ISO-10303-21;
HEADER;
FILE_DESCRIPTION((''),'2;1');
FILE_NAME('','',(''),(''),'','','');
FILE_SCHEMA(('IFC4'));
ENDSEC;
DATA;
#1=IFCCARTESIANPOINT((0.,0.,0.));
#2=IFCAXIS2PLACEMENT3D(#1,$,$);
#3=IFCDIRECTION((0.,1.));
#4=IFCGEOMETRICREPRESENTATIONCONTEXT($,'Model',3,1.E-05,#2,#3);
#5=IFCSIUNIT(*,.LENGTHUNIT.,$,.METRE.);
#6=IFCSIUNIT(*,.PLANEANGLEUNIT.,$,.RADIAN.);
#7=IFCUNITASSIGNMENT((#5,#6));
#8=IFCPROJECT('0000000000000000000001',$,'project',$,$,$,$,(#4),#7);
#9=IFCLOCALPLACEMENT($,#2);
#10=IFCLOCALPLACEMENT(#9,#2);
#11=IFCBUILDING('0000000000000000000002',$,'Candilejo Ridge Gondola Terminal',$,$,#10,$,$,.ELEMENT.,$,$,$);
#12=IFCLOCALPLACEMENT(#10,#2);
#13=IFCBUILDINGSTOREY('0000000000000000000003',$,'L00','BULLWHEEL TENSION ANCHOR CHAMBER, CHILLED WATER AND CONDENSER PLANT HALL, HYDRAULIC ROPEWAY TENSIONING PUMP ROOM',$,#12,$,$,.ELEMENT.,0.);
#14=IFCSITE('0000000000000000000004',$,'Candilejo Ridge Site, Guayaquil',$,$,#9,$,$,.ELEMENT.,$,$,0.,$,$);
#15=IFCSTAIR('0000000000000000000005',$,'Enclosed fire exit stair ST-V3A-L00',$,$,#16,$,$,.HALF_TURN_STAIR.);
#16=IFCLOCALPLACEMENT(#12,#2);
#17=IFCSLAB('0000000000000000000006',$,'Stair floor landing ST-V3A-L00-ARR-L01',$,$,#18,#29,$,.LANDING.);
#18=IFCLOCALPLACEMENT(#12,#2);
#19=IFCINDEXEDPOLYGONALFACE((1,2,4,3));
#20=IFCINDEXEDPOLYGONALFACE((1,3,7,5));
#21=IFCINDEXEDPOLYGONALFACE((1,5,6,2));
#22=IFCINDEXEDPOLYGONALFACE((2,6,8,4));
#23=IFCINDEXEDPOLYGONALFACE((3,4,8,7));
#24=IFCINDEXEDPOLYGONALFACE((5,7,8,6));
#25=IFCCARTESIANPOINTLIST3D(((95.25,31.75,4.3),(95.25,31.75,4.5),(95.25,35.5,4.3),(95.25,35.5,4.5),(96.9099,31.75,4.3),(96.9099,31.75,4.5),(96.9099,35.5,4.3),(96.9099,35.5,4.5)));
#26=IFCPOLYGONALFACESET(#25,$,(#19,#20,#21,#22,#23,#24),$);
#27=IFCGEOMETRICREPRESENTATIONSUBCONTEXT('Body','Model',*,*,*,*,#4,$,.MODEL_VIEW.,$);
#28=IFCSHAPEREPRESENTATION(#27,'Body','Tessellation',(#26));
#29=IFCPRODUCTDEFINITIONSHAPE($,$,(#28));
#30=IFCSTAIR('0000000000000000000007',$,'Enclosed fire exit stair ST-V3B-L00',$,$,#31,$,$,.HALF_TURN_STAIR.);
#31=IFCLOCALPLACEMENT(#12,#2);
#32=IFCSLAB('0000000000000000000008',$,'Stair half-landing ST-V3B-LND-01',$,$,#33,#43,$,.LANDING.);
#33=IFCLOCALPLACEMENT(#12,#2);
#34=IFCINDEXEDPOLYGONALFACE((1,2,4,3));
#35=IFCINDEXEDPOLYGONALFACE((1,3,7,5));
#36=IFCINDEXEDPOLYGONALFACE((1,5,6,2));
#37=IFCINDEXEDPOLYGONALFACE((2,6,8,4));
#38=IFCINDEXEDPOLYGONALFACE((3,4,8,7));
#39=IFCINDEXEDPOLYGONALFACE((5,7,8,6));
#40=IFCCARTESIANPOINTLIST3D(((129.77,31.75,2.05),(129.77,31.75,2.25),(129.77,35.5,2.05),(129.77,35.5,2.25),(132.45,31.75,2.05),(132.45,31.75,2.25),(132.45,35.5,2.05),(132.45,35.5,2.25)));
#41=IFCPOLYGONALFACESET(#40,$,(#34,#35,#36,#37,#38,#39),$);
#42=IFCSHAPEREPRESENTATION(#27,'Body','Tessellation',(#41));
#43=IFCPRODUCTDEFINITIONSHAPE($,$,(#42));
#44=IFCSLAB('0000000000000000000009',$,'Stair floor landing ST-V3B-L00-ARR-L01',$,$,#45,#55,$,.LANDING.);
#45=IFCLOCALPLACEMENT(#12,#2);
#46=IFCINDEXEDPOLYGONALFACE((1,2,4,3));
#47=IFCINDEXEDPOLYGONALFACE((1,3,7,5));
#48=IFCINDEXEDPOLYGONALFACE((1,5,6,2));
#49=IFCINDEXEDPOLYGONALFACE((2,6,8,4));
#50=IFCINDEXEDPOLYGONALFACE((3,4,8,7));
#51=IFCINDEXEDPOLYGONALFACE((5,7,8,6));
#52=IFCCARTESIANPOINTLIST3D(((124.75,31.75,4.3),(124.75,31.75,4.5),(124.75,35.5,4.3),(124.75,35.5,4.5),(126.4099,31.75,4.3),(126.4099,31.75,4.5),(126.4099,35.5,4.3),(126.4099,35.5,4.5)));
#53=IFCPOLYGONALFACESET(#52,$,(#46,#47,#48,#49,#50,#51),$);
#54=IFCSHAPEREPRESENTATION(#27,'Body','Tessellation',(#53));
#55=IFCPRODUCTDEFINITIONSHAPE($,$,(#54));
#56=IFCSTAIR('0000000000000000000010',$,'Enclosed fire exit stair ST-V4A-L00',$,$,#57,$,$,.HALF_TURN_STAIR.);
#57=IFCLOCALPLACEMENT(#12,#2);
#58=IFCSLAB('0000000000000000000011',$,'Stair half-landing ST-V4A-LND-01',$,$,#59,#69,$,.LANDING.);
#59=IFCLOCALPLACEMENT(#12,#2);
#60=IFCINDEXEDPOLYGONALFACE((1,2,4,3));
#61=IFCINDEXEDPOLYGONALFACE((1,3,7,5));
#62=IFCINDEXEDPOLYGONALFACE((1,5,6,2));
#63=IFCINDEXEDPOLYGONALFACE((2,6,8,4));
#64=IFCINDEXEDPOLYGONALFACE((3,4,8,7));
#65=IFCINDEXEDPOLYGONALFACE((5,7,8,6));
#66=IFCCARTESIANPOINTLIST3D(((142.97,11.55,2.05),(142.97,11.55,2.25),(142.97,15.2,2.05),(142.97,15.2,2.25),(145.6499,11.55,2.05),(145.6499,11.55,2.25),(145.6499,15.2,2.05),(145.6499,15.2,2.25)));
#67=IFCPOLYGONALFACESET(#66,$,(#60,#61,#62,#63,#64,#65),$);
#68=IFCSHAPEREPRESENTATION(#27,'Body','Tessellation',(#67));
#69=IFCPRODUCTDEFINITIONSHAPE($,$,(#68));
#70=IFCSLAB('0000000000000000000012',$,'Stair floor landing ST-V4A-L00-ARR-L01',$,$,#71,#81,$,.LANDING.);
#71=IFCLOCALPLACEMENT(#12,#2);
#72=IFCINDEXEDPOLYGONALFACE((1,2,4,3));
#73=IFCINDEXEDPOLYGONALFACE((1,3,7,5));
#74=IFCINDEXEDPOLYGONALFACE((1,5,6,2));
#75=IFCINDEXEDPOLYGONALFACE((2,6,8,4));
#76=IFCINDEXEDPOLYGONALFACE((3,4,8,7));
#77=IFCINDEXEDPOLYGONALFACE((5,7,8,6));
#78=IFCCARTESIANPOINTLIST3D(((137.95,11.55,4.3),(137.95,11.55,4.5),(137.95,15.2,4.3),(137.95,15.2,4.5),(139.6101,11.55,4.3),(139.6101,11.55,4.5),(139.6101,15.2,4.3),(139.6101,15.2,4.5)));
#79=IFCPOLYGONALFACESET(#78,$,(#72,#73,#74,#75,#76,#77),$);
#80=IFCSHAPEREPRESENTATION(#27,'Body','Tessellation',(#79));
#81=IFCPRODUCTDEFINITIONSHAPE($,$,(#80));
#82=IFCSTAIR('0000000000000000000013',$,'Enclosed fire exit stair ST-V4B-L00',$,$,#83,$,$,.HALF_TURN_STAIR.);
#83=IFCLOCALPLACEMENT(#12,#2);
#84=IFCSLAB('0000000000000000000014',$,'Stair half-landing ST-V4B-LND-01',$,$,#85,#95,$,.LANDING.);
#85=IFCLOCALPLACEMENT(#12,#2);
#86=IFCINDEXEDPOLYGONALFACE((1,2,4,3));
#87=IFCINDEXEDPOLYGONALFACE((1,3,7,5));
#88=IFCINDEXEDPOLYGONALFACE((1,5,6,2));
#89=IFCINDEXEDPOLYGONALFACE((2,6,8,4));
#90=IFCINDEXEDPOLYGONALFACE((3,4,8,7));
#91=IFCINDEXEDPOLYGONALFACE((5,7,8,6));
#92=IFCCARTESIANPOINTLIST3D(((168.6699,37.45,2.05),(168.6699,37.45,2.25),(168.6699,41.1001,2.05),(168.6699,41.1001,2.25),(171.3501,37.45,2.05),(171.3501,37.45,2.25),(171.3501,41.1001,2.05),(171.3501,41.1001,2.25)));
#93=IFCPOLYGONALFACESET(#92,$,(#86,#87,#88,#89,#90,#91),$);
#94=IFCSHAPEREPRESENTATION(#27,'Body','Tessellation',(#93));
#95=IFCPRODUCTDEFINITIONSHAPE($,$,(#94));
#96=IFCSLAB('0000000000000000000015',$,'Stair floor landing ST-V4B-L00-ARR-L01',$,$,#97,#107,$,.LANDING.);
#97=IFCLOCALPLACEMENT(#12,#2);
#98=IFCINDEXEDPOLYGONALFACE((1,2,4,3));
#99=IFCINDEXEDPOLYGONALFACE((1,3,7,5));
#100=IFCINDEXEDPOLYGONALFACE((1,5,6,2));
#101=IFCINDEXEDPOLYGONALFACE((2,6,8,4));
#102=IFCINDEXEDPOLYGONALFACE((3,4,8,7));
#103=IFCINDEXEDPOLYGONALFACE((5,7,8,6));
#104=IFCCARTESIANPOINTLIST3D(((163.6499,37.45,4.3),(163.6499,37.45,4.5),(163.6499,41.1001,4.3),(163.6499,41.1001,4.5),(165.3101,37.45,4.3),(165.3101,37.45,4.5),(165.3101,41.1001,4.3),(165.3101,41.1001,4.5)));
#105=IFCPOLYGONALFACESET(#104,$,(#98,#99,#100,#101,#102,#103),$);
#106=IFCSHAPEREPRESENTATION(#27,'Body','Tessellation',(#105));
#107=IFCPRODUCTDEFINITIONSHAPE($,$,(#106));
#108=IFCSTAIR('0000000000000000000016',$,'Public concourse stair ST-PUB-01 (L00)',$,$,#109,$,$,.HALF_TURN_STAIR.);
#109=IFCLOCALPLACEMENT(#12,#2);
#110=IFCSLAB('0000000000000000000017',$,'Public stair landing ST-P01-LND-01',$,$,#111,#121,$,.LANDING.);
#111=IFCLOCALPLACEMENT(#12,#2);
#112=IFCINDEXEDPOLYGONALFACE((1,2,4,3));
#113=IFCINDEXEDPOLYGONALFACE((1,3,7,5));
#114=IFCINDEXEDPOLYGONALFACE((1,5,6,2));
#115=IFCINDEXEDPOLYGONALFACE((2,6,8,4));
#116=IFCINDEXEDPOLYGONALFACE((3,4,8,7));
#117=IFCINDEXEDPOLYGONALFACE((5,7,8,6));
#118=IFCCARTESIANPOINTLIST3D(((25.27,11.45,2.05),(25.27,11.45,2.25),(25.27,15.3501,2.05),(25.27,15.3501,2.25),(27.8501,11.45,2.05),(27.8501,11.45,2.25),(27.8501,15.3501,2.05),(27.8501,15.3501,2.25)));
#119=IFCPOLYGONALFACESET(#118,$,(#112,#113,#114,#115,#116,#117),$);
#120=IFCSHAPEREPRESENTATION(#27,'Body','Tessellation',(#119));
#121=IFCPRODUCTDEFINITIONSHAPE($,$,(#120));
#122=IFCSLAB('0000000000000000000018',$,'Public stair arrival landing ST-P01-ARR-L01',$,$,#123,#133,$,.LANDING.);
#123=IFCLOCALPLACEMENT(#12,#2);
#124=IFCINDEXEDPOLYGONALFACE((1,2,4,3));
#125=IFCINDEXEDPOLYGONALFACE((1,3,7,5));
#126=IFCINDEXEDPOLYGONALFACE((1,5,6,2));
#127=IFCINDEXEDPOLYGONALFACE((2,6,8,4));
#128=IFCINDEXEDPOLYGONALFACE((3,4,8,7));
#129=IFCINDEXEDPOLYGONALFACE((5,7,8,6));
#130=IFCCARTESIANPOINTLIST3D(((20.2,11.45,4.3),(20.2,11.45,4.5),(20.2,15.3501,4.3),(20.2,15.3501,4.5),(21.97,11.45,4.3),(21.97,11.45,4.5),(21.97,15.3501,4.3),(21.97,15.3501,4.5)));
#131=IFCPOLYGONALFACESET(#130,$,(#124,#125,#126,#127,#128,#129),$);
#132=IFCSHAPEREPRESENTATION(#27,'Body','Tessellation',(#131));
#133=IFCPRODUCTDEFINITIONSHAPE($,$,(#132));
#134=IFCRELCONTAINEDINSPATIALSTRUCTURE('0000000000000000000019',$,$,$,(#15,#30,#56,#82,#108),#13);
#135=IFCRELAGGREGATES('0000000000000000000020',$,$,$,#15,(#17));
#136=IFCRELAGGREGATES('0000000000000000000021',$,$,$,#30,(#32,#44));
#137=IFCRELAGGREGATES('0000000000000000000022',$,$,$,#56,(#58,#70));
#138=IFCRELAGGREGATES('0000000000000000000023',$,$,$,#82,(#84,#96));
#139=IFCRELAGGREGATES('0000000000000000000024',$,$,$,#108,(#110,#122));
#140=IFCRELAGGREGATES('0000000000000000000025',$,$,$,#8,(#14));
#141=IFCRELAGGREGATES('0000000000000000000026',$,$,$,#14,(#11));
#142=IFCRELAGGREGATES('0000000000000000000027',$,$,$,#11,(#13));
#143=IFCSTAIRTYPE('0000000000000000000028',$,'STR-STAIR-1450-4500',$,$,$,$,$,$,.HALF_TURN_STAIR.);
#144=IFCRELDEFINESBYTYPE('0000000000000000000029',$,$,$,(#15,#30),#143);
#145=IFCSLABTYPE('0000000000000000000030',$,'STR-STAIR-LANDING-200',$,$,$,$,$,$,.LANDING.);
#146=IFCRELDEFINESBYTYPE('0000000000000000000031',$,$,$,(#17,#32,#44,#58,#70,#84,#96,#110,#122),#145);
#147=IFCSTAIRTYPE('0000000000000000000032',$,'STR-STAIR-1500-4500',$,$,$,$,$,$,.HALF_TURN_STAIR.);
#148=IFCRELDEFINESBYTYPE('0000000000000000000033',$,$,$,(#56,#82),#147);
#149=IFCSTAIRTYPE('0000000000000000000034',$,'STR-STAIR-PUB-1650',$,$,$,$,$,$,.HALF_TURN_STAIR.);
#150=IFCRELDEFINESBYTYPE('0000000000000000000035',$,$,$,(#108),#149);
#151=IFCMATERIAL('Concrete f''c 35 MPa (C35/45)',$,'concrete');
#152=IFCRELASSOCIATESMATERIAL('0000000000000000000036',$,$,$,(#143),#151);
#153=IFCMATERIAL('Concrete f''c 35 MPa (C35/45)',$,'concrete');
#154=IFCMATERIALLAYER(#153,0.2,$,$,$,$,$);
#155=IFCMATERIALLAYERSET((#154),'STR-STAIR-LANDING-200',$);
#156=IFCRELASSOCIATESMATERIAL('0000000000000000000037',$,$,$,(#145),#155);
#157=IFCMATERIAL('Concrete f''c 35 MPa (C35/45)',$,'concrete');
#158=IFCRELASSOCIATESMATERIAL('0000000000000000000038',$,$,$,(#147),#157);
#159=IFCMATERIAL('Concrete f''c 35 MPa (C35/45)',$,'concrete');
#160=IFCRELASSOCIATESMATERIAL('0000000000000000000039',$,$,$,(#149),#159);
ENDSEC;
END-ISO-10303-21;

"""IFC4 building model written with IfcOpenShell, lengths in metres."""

from ifc_helpers import new_model, si_unit, direction, frame, origin, place, context, subcontext, project, spatial, polyline, outline, extrude, material, layer, layer_set, type_object, element, aggregate, save


model = new_model("IFC4")

# Units and contexts
model_context = context("Model", 3, precision=1e-05, world=origin(), true_north=direction((0.0, 1.0)))
body_context = subcontext(model_context, "Body", "Model", "MODEL_VIEW")
ifc_project = project(units=[si_unit("LENGTHUNIT", "METRE"), si_unit("PLANEANGLEUNIT", "RADIAN")], contexts=[model_context])

# Site, building, storey
site_placement = place(None, origin())
site = spatial("IfcSite", under=ifc_project, at=site_placement, Name="Candilejo Ridge Site, Guayaquil", CompositionType="ELEMENT", RefElevation=0.0)
building_placement = place(site_placement, origin())
building = spatial("IfcBuilding", under=site, at=building_placement, Name="Candilejo Ridge Gondola Terminal", CompositionType="ELEMENT")
storey_placement = place(building_placement, origin())
storey = spatial("IfcBuildingStorey", under=building, at=storey_placement, Name="L00", Description="BULLWHEEL TENSION ANCHOR CHAMBER, CHILLED WATER AND CONDENSER PLANT HALL, HYDRAULIC ROPEWAY TENSIONING PUMP ROOM", CompositionType="ELEMENT", Elevation=0.0)

# Stairs, slabs
ifc_material_1 = material(Name="Concrete f'c 35 MPa (C35/45)", Category="concrete")
stair_type_1 = type_object("IfcStairType", Name="STR-STAIR-1450-4500", PredefinedType="HALF_TURN_STAIR", material=ifc_material_1)
ifc_material_2 = material(Name="Concrete f'c 35 MPa (C35/45)", Category="concrete")
ifc_layer_1 = layer(ifc_material_2, 0.2)
ifc_layer_set_1 = layer_set([ifc_layer_1], Name="STR-STAIR-LANDING-200")
slab_type = type_object("IfcSlabType", Name="STR-STAIR-LANDING-200", PredefinedType="LANDING", material=ifc_layer_set_1)
stair_1_placement = place(storey_placement, origin())
stair_1 = element("IfcStair", 1, at=stair_1_placement, inside=storey, type_object=stair_type_1, Name="Enclosed fire exit stair ST-V3A-L00", PredefinedType="HALF_TURN_STAIR")
slab_1_placement = place(storey_placement, frame((0.0, 0.0, 4.3)))
slab_1 = element("IfcSlab", 2, at=slab_1_placement, type_object=slab_type, Name="Stair floor landing ST-V3A-L00-ARR-L01", PredefinedType="LANDING", context=body_context, shape_type="SweptSolid", body=[
    extrude(outline(polyline([(95.25, 31.75), (96.9099, 31.75), (96.9099, 35.5), (95.25, 35.5), (95.25, 31.75)])), origin(), (0.0, 0.0, 1.0), 0.2),
])
aggregate(stair_1, [slab_1])
stair_2_placement = place(storey_placement, origin())
stair_2 = element("IfcStair", 3, at=stair_2_placement, inside=storey, type_object=stair_type_1, Name="Enclosed fire exit stair ST-V3B-L00", PredefinedType="HALF_TURN_STAIR")
slab_2_placement = place(storey_placement, frame((0.0, 0.0, 2.05)))
slab_2 = element("IfcSlab", 4, at=slab_2_placement, type_object=slab_type, Name="Stair half-landing ST-V3B-LND-01", PredefinedType="LANDING", context=body_context, shape_type="SweptSolid", body=[
    extrude(outline(polyline([(129.77, 31.75), (132.45, 31.75), (132.45, 35.5), (129.77, 35.5), (129.77, 31.75)])), origin(), (0.0, 0.0, 1.0), 0.2),
])
slab_3_placement = place(storey_placement, frame((0.0, 0.0, 4.3)))
slab_3 = element("IfcSlab", 5, at=slab_3_placement, type_object=slab_type, Name="Stair floor landing ST-V3B-L00-ARR-L01", PredefinedType="LANDING", context=body_context, shape_type="SweptSolid", body=[
    extrude(outline(polyline([(124.75, 31.75), (126.4099, 31.75), (126.4099, 35.5), (124.75, 35.5), (124.75, 31.75)])), origin(), (0.0, 0.0, 1.0), 0.2),
])
aggregate(stair_2, [slab_2, slab_3])
ifc_material_3 = material(Name="Concrete f'c 35 MPa (C35/45)", Category="concrete")
stair_type_2 = type_object("IfcStairType", Name="STR-STAIR-1500-4500", PredefinedType="HALF_TURN_STAIR", material=ifc_material_3)
stair_3_placement = place(storey_placement, origin())
stair_3 = element("IfcStair", 6, at=stair_3_placement, inside=storey, type_object=stair_type_2, Name="Enclosed fire exit stair ST-V4A-L00", PredefinedType="HALF_TURN_STAIR")
slab_4_placement = place(storey_placement, frame((0.0, 0.0, 2.05)))
slab_4 = element("IfcSlab", 7, at=slab_4_placement, type_object=slab_type, Name="Stair half-landing ST-V4A-LND-01", PredefinedType="LANDING", context=body_context, shape_type="SweptSolid", body=[
    extrude(outline(polyline([(142.97, 11.55), (145.6499, 11.55), (145.6499, 15.2), (142.97, 15.2), (142.97, 11.55)])), origin(), (0.0, 0.0, 1.0), 0.2),
])
slab_5_placement = place(storey_placement, frame((0.0, 0.0, 4.3)))
slab_5 = element("IfcSlab", 8, at=slab_5_placement, type_object=slab_type, Name="Stair floor landing ST-V4A-L00-ARR-L01", PredefinedType="LANDING", context=body_context, shape_type="SweptSolid", body=[
    extrude(outline(polyline([(137.95, 11.55), (139.6101, 11.55), (139.6101, 15.2), (137.95, 15.2), (137.95, 11.55)])), origin(), (0.0, 0.0, 1.0), 0.2),
])
aggregate(stair_3, [slab_4, slab_5])
stair_4_placement = place(storey_placement, origin())
stair_4 = element("IfcStair", 9, at=stair_4_placement, inside=storey, type_object=stair_type_2, Name="Enclosed fire exit stair ST-V4B-L00", PredefinedType="HALF_TURN_STAIR")
slab_6_placement = place(storey_placement, frame((0.0, 0.0, 2.05)))
slab_6 = element("IfcSlab", 10, at=slab_6_placement, type_object=slab_type, Name="Stair half-landing ST-V4B-LND-01", PredefinedType="LANDING", context=body_context, shape_type="SweptSolid", body=[
    extrude(outline(polyline([(168.6699, 37.45), (171.3501, 37.45), (171.3501, 41.1001), (168.6699, 41.1001), (168.6699, 37.45)])), origin(), (0.0, 0.0, 1.0), 0.2),
])
slab_7_placement = place(storey_placement, frame((0.0, 0.0, 4.3)))
slab_7 = element("IfcSlab", 11, at=slab_7_placement, type_object=slab_type, Name="Stair floor landing ST-V4B-L00-ARR-L01", PredefinedType="LANDING", context=body_context, shape_type="SweptSolid", body=[
    extrude(outline(polyline([(163.6499, 37.45), (165.3101, 37.45), (165.3101, 41.1001), (163.6499, 41.1001), (163.6499, 37.45)])), origin(), (0.0, 0.0, 1.0), 0.2),
])
aggregate(stair_4, [slab_6, slab_7])
ifc_material_4 = material(Name="Concrete f'c 35 MPa (C35/45)", Category="concrete")
stair_type_3 = type_object("IfcStairType", Name="STR-STAIR-PUB-1650", PredefinedType="HALF_TURN_STAIR", material=ifc_material_4)
stair_5_placement = place(storey_placement, origin())
stair_5 = element("IfcStair", 12, at=stair_5_placement, inside=storey, type_object=stair_type_3, Name="Public concourse stair ST-PUB-01 (L00)", PredefinedType="HALF_TURN_STAIR")
slab_8_placement = place(storey_placement, frame((0.0, 0.0, 2.05)))
slab_8 = element("IfcSlab", 13, at=slab_8_placement, type_object=slab_type, Name="Public stair landing ST-P01-LND-01", PredefinedType="LANDING", context=body_context, shape_type="SweptSolid", body=[
    extrude(outline(polyline([(25.27, 11.45), (27.8501, 11.45), (27.8501, 15.3501), (25.27, 15.3501), (25.27, 11.45)])), origin(), (0.0, 0.0, 1.0), 0.2),
])
slab_9_placement = place(storey_placement, frame((0.0, 0.0, 4.3)))
slab_9 = element("IfcSlab", 14, at=slab_9_placement, type_object=slab_type, Name="Public stair arrival landing ST-P01-ARR-L01", PredefinedType="LANDING", context=body_context, shape_type="SweptSolid", body=[
    extrude(outline(polyline([(20.2, 11.45), (21.97, 11.45), (21.97, 15.3501), (20.2, 15.3501), (20.2, 11.45)])), origin(), (0.0, 0.0, 1.0), 0.2),
])
aggregate(stair_5, [slab_8, slab_9])

save(model, "model.ifc")
